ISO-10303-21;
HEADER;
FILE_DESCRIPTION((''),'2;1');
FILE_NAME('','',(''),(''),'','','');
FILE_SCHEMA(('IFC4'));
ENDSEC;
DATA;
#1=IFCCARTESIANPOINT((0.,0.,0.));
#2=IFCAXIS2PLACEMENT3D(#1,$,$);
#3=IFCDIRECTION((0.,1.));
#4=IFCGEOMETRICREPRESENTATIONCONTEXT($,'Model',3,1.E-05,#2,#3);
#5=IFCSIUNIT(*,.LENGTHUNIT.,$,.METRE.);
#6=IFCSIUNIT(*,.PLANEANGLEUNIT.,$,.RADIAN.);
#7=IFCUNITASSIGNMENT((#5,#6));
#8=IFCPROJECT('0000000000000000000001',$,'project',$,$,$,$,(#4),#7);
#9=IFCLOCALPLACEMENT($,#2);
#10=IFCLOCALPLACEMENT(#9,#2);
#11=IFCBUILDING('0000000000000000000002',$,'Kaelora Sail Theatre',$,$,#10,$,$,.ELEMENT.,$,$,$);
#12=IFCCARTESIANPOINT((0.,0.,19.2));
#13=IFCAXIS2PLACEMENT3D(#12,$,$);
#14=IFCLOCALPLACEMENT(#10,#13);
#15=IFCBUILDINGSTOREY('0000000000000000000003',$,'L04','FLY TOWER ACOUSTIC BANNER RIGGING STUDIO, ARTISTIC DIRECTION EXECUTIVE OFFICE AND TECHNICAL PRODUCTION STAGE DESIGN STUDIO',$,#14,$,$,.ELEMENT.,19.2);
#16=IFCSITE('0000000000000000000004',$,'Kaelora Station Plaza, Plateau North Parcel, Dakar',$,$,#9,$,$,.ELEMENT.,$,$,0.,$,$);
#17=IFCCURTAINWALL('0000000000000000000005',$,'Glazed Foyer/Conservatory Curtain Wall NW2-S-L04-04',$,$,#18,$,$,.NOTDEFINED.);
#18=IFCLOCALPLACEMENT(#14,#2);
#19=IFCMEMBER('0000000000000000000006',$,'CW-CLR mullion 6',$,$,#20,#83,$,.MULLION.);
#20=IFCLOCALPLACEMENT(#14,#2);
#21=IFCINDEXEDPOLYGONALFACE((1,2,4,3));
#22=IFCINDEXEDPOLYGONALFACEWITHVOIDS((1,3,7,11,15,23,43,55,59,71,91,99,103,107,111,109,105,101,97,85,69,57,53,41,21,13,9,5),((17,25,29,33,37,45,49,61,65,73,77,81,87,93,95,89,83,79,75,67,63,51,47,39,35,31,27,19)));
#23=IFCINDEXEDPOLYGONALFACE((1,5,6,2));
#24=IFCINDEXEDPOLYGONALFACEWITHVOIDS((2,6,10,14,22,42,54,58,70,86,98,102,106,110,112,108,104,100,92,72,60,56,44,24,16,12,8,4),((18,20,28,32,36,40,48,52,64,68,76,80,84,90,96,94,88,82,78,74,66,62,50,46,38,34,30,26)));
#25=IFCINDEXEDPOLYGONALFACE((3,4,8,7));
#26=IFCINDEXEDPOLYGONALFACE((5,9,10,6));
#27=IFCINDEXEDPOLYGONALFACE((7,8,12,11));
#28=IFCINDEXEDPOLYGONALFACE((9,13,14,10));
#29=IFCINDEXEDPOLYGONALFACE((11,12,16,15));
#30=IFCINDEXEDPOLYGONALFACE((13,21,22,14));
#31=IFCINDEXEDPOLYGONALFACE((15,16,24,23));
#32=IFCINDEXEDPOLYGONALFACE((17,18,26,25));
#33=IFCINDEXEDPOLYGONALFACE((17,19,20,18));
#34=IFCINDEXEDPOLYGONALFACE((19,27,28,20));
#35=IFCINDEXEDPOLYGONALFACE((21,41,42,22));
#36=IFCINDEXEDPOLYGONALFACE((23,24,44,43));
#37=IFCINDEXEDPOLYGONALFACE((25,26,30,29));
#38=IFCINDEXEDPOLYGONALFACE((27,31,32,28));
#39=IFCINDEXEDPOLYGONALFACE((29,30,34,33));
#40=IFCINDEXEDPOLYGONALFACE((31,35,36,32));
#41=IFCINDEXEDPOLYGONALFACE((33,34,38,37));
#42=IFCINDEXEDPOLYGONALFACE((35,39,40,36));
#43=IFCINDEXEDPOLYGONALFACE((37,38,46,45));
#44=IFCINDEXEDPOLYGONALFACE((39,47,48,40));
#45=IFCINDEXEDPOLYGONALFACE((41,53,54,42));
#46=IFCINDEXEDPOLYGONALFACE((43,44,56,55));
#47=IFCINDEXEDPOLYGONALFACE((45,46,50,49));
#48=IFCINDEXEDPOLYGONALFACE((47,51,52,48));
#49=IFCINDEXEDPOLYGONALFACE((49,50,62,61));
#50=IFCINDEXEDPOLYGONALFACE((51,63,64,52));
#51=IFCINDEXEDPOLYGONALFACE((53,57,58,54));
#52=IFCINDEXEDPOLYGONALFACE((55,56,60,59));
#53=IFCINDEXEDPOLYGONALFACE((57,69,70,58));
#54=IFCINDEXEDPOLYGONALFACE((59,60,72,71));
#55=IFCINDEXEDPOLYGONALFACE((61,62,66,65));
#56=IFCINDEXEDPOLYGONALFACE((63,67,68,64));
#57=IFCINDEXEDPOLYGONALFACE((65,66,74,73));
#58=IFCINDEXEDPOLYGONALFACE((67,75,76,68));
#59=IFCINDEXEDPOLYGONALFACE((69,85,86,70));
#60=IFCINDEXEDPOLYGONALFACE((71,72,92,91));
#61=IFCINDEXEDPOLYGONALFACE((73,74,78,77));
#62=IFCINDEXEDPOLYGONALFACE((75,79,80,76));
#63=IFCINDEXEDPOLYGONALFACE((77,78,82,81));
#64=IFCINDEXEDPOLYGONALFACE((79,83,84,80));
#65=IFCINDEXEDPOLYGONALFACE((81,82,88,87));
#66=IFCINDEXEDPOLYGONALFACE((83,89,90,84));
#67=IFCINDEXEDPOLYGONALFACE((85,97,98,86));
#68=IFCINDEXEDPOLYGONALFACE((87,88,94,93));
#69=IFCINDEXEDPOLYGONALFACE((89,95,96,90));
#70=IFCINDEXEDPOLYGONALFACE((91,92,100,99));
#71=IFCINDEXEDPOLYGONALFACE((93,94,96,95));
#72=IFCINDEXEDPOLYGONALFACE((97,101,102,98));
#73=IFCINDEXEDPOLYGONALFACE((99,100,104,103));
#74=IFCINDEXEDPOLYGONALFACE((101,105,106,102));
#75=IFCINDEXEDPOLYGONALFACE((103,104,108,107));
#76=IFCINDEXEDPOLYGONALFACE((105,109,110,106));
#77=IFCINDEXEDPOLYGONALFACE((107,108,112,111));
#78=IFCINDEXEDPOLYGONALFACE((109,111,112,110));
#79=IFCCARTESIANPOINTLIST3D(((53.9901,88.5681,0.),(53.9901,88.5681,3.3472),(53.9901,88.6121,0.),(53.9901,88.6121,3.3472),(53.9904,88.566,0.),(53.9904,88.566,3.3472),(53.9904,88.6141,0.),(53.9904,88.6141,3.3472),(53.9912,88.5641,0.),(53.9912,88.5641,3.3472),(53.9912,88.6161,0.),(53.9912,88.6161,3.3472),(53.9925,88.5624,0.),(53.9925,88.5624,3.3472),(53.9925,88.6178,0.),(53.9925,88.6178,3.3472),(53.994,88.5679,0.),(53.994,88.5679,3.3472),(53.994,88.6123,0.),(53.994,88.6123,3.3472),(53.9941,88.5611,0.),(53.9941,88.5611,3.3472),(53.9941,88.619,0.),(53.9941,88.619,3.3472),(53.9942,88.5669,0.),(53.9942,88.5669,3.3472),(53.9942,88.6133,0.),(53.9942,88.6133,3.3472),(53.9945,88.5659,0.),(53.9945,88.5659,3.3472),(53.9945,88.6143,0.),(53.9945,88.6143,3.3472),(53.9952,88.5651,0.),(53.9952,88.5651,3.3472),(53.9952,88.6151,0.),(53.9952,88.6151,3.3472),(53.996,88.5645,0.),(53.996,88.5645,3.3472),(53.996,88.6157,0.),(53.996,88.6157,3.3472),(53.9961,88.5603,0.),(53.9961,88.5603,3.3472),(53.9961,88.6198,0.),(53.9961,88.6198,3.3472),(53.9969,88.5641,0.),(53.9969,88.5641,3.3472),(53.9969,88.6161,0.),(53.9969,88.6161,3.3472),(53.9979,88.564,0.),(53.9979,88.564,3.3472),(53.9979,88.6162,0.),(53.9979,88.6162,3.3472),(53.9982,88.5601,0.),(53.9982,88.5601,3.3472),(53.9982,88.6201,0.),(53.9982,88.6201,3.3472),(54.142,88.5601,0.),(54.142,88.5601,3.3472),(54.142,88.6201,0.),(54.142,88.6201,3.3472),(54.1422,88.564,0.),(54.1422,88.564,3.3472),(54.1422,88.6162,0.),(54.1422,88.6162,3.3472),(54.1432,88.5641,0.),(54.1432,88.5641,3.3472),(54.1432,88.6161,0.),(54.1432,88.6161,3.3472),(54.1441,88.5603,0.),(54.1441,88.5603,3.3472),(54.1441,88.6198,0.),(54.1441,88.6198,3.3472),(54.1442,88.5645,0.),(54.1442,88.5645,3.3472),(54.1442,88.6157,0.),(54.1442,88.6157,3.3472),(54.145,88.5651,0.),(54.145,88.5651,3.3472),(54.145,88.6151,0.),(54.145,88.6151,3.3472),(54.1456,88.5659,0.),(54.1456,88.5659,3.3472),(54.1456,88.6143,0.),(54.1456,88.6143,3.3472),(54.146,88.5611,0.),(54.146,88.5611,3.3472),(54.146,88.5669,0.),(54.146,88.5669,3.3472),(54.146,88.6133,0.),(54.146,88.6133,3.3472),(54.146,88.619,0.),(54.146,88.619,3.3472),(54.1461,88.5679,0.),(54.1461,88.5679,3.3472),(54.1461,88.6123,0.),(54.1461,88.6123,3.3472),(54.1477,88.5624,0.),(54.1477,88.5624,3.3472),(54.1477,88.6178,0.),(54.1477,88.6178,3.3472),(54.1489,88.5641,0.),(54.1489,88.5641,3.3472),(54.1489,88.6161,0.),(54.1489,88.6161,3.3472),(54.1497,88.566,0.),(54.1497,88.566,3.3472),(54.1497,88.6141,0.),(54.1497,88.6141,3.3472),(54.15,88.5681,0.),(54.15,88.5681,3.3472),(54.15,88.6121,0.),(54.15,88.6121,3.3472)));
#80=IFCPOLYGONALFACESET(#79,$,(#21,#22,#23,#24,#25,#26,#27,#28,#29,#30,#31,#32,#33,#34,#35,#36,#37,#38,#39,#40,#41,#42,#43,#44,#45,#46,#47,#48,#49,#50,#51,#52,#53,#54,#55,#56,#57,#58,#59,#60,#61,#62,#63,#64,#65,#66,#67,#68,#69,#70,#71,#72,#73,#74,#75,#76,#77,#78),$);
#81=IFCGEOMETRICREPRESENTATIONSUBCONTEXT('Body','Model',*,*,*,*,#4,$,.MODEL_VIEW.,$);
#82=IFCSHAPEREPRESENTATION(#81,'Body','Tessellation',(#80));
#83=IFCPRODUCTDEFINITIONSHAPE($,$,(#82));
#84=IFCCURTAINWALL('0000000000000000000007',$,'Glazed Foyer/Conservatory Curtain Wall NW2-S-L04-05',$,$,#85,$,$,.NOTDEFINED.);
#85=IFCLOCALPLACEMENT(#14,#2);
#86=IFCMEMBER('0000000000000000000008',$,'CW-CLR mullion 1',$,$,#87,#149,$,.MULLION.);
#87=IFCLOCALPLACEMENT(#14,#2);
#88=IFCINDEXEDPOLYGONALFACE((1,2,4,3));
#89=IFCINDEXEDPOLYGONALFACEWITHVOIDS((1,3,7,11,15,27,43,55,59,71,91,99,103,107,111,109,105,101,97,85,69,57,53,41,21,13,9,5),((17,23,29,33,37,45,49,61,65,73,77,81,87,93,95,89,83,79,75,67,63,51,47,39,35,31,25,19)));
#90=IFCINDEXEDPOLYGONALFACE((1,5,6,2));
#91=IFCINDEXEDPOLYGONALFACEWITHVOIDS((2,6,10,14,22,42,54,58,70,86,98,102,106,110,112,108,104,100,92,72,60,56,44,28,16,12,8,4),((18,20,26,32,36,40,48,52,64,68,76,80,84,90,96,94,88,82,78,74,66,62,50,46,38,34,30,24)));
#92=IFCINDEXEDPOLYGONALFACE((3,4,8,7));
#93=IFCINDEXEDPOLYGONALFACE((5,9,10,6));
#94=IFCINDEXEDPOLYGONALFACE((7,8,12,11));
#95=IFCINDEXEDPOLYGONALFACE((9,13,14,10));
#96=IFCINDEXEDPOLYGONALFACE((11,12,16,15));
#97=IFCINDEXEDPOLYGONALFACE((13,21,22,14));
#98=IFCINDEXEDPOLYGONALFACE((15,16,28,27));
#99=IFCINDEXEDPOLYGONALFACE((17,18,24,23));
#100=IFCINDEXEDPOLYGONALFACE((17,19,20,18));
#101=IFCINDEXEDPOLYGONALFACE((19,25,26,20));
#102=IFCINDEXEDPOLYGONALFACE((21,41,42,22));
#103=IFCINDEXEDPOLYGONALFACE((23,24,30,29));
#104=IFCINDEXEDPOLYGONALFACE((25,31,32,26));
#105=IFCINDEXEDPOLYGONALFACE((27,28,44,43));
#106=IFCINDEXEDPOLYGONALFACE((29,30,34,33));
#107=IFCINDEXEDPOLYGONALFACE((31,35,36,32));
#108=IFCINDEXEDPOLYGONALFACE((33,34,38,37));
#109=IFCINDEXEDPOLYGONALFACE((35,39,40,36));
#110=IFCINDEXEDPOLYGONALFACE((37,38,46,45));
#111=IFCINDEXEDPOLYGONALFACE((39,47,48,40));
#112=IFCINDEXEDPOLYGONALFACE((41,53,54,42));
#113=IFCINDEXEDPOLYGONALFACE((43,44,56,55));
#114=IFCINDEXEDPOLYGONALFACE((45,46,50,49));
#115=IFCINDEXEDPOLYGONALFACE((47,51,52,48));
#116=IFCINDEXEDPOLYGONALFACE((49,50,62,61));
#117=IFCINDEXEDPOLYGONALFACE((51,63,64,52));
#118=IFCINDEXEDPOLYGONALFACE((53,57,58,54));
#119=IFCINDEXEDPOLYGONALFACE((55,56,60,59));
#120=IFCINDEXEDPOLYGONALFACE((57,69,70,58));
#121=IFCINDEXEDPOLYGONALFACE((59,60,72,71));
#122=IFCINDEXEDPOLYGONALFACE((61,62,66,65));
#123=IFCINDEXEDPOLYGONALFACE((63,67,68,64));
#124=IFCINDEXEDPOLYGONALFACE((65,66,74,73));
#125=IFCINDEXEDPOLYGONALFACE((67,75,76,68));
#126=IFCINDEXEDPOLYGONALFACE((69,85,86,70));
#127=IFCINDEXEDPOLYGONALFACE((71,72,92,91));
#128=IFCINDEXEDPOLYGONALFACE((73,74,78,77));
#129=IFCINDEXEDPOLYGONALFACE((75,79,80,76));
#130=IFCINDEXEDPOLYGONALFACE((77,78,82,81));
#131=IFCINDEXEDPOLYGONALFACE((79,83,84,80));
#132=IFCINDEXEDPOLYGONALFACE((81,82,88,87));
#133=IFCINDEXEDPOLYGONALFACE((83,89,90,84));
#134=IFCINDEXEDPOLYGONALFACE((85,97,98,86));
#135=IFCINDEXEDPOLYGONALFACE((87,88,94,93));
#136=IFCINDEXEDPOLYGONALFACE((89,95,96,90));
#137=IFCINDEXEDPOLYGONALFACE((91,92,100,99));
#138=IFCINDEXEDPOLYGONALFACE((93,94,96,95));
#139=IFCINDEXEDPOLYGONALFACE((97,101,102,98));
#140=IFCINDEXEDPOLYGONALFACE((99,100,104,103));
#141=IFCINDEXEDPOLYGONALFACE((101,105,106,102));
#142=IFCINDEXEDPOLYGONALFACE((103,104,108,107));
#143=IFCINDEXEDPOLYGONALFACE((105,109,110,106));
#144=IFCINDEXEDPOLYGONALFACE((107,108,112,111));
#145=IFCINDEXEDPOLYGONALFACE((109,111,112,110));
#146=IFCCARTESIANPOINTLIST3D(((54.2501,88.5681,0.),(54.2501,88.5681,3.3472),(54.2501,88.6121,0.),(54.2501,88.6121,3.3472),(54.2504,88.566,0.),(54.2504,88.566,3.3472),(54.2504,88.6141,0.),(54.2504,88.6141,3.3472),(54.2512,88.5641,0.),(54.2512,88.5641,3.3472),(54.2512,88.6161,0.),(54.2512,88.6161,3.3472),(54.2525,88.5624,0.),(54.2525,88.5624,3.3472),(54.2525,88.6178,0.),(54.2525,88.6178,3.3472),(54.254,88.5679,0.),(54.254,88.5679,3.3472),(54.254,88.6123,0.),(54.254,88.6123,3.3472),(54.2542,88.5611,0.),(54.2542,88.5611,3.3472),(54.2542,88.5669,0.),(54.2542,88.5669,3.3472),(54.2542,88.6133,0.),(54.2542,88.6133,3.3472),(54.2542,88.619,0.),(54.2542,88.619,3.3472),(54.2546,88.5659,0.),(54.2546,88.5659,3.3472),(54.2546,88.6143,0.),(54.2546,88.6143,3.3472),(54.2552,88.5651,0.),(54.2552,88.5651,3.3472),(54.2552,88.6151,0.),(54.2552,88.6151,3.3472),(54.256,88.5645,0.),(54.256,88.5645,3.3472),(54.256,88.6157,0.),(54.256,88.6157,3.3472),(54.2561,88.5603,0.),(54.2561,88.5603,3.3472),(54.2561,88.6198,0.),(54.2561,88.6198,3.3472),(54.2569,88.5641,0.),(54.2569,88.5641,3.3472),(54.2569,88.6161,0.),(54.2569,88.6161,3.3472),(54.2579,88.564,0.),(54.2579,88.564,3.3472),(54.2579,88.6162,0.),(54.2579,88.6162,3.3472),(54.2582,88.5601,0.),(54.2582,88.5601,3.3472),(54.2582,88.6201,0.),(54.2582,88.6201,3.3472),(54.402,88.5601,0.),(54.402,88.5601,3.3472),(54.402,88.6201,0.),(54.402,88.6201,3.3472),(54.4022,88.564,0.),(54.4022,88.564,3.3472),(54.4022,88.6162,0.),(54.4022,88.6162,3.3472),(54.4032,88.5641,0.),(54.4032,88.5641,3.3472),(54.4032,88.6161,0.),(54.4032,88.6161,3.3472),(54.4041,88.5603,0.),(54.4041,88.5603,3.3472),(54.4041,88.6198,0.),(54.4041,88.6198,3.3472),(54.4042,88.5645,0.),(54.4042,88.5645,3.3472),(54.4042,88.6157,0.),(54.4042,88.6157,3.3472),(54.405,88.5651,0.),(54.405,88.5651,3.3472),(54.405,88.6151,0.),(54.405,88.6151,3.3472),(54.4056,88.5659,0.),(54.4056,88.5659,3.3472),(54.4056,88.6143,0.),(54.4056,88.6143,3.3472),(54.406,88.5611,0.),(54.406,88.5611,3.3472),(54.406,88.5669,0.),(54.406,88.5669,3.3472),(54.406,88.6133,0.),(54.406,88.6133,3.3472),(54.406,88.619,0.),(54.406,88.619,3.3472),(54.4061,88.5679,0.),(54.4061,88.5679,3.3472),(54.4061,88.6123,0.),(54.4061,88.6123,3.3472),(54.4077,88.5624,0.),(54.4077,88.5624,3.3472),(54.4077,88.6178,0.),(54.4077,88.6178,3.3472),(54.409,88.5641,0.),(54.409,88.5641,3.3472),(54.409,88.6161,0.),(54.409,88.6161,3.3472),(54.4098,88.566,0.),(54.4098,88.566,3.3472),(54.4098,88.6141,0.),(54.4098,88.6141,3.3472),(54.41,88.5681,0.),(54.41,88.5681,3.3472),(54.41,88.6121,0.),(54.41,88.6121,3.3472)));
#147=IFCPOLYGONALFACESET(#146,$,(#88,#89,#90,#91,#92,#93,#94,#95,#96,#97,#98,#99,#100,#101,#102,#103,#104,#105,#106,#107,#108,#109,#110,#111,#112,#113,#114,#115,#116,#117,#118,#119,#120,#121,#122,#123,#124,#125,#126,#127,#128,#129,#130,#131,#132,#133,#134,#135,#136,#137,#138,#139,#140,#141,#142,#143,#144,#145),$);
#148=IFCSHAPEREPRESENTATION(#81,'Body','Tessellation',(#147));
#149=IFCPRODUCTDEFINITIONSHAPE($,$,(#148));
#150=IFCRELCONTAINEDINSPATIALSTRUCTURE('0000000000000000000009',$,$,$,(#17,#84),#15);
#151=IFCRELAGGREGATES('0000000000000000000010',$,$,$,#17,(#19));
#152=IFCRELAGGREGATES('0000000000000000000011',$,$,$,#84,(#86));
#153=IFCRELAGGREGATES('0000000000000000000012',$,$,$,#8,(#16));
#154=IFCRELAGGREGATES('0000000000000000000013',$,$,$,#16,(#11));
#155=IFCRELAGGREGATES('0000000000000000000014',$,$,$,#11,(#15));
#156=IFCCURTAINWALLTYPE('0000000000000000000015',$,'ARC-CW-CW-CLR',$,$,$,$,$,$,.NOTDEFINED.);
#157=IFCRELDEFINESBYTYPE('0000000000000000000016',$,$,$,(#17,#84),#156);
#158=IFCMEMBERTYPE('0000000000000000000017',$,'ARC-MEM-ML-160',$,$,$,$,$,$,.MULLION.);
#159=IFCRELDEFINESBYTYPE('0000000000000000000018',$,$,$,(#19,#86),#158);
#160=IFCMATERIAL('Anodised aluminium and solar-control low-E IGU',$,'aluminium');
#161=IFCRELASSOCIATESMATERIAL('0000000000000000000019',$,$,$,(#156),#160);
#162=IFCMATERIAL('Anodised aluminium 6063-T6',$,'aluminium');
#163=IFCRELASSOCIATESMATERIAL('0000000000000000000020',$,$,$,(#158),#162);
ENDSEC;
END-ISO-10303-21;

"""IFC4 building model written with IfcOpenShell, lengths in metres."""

from ifc_helpers import new_model, si_unit, direction, frame, origin, origin_2d, place, context, subcontext, project, spatial, hollow_rectangle, extrude, material, material_profile, profile_set, type_object, element, aggregate, save


model = new_model("IFC4")

# Units and contexts
model_context = context("Model", 3, precision=1e-05, world=origin(), true_north=direction((0.0, 1.0)))
body_context = subcontext(model_context, "Body", "Model", "MODEL_VIEW")
ifc_project = project(units=[si_unit("LENGTHUNIT", "METRE"), si_unit("PLANEANGLEUNIT", "RADIAN")], contexts=[model_context])

# Site, building, storey
site_placement = place(None, origin())
site = spatial("IfcSite", under=ifc_project, at=site_placement, Name="Kaelora Station Plaza, Plateau North Parcel, Dakar", CompositionType="ELEMENT", RefElevation=0.0)
building_placement = place(site_placement, origin())
building = spatial("IfcBuilding", under=site, at=building_placement, Name="Kaelora Sail Theatre", CompositionType="ELEMENT")
storey_placement = place(building_placement, frame((0.0, 0.0, 19.2)))
storey = spatial("IfcBuildingStorey", under=building, at=storey_placement, Name="L04", Description="FLY TOWER ACOUSTIC BANNER RIGGING STUDIO, ARTISTIC DIRECTION EXECUTIVE OFFICE AND TECHNICAL PRODUCTION STAGE DESIGN STUDIO", CompositionType="ELEMENT", Elevation=19.2)

# Curtain walls, members
ifc_material_1 = material(Name="Anodised aluminium and solar-control low-E IGU", Category="aluminium")
curtain_wall_type = type_object("IfcCurtainWallType", Name="ARC-CW-CW-CLR", PredefinedType="NOTDEFINED", material=ifc_material_1)
curtain_wall_1_placement = place(storey_placement, origin())
curtain_wall_1 = element("IfcCurtainWall", 1, at=curtain_wall_1_placement, inside=storey, type_object=curtain_wall_type, Name="Glazed Foyer/Conservatory Curtain Wall NW2-S-L04-04", PredefinedType="NOTDEFINED")
ifc_material_2 = material(Name="Anodised aluminium 6063-T6", Category="aluminium")
ifc_material_profile_1 = material_profile(ifc_material_2, hollow_rectangle(XDim=0.0601, YDim=0.1599, WallThickness=0.0039, InnerFilletRadius=0.0039, OuterFilletRadius=0.0081, at=origin_2d()), Name="ALU-MULL 60x160x4")
ifc_profile_set_1 = profile_set([ifc_material_profile_1], Name="Anodised aluminium 6063-T6")
member_type_1 = type_object("IfcMemberType", Name="ARC-MEM-ML-160", PredefinedType="MULLION", material=ifc_profile_set_1)
member_1_placement = place(storey_placement, frame((54.0701, 88.5901, 0.0), z_axis=(0.0, 0.0, 1.0), x_axis=(0.0, 1.0, 0.0)))
member_1 = element("IfcMember", 2, at=member_1_placement, type_object=member_type_1, Name="CW-CLR mullion 6", PredefinedType="MULLION", context=body_context, shape_type="SweptSolid", body=[
    extrude(hollow_rectangle(XDim=0.0601, YDim=0.1599, WallThickness=0.0039, InnerFilletRadius=0.0039, OuterFilletRadius=0.0081, at=origin_2d()), origin(), (0.0, 0.0, 1.0), 3.3472),
])
curtain_wall_2_placement = place(storey_placement, origin())
curtain_wall_2 = element("IfcCurtainWall", 3, at=curtain_wall_2_placement, inside=storey, type_object=curtain_wall_type, Name="Glazed Foyer/Conservatory Curtain Wall NW2-S-L04-05", PredefinedType="NOTDEFINED")
member_2_placement = place(storey_placement, frame((54.3301, 88.5901, 0.0), z_axis=(0.0, 0.0, 1.0), x_axis=(0.0, 1.0, 0.0)))
member_2 = element("IfcMember", 4, at=member_2_placement, type_object=member_type_1, Name="CW-CLR mullion 1", PredefinedType="MULLION", context=body_context, shape_type="SweptSolid", body=[
    extrude(hollow_rectangle(XDim=0.0601, YDim=0.1599, WallThickness=0.0039, InnerFilletRadius=0.0039, OuterFilletRadius=0.0081, at=origin_2d()), origin(), (0.0, 0.0, 1.0), 3.3472),
])

aggregate(curtain_wall_1, [member_1])
aggregate(curtain_wall_2, [member_2])

save(model, "model.ifc")
